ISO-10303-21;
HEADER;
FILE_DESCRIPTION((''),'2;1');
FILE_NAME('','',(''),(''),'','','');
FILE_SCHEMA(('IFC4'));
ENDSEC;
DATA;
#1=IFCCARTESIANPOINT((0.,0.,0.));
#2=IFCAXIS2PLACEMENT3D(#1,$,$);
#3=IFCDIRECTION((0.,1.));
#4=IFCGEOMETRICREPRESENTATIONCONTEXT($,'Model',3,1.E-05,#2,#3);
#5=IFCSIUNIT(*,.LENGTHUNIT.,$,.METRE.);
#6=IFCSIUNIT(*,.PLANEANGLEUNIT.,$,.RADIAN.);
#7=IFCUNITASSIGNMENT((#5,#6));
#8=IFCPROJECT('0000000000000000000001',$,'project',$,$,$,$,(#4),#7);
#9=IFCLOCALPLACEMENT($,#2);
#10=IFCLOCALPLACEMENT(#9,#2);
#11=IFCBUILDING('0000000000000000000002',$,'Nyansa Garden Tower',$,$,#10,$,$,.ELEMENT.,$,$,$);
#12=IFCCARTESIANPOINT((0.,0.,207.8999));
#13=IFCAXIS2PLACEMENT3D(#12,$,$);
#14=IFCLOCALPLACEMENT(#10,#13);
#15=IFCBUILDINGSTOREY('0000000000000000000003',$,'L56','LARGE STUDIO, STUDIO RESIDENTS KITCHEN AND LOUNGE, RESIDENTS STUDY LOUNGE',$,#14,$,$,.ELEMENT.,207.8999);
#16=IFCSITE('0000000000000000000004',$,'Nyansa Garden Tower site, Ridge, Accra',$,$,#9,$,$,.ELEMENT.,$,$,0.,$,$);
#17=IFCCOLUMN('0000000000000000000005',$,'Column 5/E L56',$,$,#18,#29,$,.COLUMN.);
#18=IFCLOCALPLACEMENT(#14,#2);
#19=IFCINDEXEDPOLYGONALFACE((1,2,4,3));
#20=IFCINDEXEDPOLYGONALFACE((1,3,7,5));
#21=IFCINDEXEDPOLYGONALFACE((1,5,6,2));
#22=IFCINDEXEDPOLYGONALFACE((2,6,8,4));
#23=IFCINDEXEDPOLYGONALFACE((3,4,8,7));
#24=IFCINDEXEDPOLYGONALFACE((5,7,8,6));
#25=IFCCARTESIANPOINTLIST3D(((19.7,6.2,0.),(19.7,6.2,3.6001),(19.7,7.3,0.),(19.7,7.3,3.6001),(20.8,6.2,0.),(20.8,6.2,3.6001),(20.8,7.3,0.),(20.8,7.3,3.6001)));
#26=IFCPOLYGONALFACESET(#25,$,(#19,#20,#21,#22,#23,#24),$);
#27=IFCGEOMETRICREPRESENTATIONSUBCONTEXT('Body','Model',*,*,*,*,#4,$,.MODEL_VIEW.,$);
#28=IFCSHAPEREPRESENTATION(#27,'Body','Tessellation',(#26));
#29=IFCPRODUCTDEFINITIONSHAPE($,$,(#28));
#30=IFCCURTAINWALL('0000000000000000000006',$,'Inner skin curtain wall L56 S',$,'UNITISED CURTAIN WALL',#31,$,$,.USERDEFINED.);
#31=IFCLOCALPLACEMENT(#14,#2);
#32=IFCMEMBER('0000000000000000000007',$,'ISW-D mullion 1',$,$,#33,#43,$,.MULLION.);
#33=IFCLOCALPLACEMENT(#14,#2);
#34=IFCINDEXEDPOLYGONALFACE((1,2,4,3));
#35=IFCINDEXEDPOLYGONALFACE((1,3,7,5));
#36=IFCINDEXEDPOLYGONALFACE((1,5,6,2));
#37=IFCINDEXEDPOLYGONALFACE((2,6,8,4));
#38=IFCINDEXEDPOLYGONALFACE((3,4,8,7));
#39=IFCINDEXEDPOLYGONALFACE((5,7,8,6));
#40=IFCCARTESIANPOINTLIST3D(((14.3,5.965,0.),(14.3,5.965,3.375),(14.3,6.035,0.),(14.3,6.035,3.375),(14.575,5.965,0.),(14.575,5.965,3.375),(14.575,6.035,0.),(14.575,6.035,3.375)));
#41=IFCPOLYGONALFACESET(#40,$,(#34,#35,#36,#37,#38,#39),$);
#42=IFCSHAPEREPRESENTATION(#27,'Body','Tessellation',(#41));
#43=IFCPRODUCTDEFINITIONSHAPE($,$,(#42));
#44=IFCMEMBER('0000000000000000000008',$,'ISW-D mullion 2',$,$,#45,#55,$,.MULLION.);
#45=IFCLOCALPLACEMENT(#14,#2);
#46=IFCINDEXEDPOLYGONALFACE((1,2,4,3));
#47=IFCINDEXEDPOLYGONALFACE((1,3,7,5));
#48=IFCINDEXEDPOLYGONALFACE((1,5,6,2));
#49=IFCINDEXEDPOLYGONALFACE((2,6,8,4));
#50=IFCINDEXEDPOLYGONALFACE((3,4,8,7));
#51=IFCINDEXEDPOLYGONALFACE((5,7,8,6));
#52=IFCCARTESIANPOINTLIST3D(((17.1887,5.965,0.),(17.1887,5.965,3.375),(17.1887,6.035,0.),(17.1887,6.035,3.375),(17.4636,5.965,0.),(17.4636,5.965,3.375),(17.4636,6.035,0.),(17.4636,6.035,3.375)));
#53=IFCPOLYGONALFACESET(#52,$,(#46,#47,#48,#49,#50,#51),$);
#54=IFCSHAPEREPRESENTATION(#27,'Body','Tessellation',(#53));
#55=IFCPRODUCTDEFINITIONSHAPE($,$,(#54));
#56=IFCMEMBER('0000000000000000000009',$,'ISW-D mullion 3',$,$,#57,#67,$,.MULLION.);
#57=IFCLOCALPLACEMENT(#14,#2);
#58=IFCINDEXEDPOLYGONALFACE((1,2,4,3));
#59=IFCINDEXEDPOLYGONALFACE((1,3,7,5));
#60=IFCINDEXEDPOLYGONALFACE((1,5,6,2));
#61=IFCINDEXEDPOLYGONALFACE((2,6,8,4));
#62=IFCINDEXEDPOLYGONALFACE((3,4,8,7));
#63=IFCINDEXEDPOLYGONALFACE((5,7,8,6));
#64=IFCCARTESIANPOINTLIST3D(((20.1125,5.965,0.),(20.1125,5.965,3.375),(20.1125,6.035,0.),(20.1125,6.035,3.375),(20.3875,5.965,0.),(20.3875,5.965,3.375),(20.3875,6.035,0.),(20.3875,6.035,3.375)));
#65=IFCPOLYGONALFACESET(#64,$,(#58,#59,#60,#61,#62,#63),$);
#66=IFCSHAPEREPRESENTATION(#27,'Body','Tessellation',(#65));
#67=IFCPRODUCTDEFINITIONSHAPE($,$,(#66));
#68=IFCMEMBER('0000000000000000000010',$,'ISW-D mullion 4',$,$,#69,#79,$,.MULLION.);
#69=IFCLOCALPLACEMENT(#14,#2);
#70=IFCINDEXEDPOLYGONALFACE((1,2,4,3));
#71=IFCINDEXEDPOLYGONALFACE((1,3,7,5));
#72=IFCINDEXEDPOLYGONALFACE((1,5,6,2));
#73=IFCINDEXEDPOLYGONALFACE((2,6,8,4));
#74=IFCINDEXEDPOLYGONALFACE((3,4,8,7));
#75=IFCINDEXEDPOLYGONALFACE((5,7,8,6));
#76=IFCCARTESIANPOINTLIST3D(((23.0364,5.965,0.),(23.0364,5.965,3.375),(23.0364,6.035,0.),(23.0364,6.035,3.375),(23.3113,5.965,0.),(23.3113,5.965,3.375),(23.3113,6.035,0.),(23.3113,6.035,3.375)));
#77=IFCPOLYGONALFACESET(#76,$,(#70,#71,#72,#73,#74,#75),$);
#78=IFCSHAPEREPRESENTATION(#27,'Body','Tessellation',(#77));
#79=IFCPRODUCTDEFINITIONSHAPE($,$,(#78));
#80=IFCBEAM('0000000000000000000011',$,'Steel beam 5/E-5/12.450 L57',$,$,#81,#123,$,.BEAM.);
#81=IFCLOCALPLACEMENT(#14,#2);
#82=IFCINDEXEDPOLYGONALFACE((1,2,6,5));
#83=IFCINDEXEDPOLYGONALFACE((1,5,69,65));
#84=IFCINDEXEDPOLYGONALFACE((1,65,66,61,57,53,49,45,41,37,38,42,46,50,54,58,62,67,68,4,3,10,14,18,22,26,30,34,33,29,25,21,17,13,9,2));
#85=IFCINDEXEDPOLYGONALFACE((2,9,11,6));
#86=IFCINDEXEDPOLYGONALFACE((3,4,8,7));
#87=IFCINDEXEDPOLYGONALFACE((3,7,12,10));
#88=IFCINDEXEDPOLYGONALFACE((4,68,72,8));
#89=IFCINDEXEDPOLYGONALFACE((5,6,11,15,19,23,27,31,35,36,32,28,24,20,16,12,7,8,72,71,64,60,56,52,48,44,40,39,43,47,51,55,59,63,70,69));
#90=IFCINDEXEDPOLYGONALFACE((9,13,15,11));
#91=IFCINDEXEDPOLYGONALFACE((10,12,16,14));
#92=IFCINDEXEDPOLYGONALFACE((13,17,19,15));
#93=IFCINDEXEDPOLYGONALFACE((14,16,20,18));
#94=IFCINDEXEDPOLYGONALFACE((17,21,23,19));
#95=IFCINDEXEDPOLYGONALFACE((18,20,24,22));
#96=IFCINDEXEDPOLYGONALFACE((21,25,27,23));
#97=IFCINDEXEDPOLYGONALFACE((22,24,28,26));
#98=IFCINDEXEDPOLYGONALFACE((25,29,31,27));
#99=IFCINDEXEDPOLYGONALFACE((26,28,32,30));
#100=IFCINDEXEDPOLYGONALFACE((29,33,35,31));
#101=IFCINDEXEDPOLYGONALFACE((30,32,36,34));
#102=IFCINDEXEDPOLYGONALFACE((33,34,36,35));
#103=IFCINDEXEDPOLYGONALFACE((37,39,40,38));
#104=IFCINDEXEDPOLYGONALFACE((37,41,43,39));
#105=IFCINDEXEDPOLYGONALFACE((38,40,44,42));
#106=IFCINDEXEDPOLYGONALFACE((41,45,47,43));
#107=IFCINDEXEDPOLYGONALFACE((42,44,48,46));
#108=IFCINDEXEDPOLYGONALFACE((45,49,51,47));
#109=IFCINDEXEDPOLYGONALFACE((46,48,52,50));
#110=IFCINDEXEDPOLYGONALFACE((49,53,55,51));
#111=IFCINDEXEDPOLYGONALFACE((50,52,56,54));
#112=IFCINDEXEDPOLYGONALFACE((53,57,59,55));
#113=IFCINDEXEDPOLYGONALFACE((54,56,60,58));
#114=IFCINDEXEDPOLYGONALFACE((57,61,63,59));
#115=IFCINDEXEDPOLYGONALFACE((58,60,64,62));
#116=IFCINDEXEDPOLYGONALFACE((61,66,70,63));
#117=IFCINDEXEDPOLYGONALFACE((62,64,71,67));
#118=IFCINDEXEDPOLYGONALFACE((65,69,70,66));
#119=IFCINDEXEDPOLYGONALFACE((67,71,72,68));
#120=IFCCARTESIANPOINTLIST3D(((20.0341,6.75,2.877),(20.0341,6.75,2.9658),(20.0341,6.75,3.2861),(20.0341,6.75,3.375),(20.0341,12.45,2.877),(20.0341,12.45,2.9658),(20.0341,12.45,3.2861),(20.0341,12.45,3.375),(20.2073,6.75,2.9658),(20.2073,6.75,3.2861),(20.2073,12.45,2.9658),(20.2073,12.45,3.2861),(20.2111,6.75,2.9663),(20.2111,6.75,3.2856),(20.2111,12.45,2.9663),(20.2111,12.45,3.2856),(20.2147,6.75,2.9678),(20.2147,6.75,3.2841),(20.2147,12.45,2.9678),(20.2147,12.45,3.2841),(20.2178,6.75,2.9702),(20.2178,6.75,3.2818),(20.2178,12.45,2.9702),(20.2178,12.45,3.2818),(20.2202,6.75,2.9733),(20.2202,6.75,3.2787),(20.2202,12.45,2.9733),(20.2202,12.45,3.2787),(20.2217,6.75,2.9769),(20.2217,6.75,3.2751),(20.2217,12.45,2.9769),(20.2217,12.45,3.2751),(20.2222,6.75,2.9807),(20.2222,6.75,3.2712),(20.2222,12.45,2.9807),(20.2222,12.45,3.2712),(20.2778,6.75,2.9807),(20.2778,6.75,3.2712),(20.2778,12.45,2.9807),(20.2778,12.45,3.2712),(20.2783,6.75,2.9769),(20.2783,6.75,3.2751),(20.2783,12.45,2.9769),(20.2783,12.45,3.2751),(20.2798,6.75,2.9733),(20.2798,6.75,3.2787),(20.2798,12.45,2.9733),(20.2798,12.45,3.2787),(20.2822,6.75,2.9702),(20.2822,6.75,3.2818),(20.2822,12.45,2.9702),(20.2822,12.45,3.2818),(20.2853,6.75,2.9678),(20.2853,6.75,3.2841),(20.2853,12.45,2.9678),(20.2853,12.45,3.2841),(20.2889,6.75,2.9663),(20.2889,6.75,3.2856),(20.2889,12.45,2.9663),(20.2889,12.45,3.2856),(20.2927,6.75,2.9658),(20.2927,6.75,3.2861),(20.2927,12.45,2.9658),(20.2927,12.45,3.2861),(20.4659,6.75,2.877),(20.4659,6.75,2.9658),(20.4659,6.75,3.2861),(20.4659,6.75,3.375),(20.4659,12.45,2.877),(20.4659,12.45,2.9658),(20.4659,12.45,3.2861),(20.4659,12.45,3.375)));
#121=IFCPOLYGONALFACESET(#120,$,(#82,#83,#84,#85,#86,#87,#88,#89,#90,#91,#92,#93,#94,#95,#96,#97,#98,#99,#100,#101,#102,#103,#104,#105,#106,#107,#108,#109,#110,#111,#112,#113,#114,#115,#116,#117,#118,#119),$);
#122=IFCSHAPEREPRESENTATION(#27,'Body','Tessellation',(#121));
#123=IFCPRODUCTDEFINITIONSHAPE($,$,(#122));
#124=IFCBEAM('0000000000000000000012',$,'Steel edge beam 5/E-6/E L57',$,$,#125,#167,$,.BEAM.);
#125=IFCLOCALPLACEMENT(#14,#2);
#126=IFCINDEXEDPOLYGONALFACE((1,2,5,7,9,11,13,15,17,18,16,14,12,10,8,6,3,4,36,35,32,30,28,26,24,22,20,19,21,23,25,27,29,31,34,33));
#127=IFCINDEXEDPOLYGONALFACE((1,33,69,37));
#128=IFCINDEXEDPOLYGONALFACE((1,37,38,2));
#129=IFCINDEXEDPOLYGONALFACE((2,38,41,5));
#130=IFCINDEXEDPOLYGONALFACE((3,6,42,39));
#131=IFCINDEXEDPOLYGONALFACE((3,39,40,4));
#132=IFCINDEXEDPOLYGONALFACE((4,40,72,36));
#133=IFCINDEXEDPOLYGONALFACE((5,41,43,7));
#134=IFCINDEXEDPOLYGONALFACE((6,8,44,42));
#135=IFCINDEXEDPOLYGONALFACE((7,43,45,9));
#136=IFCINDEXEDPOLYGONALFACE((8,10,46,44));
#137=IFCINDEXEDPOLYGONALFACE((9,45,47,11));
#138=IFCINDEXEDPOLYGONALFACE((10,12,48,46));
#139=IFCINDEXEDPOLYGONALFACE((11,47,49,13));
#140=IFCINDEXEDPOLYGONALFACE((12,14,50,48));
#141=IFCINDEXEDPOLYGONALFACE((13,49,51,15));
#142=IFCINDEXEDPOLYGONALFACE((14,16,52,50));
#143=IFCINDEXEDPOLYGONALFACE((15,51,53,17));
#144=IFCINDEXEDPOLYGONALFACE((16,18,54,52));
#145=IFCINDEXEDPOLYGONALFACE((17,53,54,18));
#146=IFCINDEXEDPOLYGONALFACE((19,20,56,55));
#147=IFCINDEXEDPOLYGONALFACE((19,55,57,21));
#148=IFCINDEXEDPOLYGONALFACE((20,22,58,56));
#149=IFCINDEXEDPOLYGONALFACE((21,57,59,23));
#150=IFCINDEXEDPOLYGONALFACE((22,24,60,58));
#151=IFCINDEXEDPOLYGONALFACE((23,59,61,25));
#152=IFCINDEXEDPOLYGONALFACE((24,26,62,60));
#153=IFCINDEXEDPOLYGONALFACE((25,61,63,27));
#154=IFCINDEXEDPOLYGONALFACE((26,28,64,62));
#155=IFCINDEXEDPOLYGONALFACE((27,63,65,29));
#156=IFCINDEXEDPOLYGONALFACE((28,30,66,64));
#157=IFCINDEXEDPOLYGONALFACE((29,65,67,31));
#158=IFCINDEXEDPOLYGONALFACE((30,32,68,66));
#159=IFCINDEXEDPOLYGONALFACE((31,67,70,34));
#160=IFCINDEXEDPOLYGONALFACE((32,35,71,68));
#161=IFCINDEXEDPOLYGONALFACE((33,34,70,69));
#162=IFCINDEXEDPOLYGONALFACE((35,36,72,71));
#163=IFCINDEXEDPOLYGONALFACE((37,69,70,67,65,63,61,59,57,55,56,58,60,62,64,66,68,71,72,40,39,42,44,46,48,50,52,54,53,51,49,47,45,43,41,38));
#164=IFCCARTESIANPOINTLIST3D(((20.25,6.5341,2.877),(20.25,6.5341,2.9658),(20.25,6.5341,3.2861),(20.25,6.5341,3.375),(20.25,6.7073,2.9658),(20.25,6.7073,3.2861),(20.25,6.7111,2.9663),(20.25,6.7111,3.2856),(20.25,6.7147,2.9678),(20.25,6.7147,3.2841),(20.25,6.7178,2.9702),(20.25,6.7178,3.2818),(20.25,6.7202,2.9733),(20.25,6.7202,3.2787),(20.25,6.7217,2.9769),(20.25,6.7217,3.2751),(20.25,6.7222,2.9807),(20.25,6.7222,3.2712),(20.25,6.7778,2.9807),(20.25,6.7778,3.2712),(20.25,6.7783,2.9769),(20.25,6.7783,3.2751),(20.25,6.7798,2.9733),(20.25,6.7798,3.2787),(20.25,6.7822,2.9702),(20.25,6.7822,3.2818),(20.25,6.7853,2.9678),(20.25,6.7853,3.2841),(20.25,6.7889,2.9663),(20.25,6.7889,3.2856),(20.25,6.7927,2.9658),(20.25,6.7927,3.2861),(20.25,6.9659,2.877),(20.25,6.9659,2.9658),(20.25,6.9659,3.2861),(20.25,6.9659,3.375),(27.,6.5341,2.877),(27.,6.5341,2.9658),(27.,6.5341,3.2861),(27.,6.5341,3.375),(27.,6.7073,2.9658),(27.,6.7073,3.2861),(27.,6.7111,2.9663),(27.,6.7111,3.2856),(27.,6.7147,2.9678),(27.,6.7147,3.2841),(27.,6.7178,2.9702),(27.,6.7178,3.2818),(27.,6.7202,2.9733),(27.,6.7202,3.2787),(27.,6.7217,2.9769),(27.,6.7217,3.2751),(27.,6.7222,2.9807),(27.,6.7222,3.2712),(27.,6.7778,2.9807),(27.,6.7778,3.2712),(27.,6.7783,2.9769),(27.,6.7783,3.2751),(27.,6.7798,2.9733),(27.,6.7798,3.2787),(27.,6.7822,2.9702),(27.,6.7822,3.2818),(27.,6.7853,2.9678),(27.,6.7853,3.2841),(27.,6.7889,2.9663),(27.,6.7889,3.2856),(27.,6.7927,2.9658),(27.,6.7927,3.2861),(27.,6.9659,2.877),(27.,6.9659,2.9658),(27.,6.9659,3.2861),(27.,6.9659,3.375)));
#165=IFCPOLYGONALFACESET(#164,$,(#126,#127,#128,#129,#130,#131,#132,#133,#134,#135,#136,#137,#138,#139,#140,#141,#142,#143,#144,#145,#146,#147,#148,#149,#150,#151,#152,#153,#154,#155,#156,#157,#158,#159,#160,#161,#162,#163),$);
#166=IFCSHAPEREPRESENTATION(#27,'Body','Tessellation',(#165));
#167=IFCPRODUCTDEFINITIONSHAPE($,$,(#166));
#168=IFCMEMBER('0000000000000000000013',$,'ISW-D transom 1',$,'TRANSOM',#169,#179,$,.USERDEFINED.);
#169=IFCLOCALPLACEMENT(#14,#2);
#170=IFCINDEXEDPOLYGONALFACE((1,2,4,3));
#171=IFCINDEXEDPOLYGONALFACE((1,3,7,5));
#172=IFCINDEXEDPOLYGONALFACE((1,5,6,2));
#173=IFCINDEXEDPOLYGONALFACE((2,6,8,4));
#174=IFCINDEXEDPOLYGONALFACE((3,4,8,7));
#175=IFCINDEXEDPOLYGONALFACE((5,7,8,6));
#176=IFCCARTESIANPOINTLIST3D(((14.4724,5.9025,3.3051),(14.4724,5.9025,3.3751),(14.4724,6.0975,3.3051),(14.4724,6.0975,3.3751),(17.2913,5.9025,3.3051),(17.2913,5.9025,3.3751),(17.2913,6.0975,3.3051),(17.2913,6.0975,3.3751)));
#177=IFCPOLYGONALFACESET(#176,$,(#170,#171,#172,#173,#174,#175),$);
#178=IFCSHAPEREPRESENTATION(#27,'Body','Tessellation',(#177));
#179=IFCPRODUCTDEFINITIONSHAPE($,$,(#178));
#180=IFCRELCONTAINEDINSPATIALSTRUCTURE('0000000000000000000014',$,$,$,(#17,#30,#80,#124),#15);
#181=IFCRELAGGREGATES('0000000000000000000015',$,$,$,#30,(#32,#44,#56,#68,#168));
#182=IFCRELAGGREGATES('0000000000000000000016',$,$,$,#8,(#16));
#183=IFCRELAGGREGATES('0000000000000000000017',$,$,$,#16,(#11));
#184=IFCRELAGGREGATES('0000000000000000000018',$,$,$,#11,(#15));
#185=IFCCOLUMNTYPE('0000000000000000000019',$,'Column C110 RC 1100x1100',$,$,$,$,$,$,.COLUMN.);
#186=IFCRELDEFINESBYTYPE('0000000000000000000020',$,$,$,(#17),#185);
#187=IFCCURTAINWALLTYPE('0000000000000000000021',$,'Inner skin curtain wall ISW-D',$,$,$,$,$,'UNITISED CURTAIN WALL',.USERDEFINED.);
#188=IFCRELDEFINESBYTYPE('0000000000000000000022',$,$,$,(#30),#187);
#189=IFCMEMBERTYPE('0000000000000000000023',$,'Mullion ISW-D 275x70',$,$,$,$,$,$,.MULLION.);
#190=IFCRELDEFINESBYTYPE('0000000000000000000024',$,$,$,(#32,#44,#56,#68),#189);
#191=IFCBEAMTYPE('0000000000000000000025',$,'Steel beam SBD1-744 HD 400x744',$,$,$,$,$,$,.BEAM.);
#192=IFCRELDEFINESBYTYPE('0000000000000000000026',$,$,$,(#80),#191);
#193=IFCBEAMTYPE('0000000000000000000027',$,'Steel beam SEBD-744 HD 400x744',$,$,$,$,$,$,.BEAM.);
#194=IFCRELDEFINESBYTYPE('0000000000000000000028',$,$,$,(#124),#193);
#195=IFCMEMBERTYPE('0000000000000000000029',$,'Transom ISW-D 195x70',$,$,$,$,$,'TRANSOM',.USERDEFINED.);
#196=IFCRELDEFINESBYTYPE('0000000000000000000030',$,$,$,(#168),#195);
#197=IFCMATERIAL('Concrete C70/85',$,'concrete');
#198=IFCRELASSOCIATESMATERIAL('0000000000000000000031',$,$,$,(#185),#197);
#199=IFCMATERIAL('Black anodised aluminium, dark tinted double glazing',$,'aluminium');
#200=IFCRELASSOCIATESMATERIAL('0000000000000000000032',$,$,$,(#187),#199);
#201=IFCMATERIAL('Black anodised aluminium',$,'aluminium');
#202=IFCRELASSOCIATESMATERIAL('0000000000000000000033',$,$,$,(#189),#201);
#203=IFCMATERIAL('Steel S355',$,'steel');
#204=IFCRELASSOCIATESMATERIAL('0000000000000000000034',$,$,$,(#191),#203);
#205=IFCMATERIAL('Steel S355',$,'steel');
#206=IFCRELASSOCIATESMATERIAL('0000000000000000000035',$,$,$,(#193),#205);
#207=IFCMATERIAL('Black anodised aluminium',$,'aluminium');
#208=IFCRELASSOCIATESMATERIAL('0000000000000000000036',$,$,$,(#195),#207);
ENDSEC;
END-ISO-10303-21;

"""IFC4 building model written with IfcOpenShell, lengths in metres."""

from ifc_helpers import new_model, si_unit, direction, frame, origin, origin_2d, place, context, subcontext, project, spatial, rectangle, i_section, extrude, material, material_profile, profile_set, type_object, element, aggregate, save


model = new_model("IFC4")

# Units and contexts
model_context = context("Model", 3, precision=1e-05, world=origin(), true_north=direction((0.0, 1.0)))
body_context = subcontext(model_context, "Body", "Model", "MODEL_VIEW")
ifc_project = project(units=[si_unit("LENGTHUNIT", "METRE"), si_unit("PLANEANGLEUNIT", "RADIAN")], contexts=[model_context])

# Site, building, storey
site_placement = place(None, origin())
site = spatial("IfcSite", under=ifc_project, at=site_placement, Name="Nyansa Garden Tower site, Ridge, Accra", CompositionType="ELEMENT", RefElevation=0.0)
building_placement = place(site_placement, origin())
building = spatial("IfcBuilding", under=site, at=building_placement, Name="Nyansa Garden Tower", CompositionType="ELEMENT")
storey_placement = place(building_placement, frame((0.0, 0.0, 207.8999)))
storey = spatial("IfcBuildingStorey", under=building, at=storey_placement, Name="L56", Description="LARGE STUDIO, STUDIO RESIDENTS KITCHEN AND LOUNGE, RESIDENTS STUDY LOUNGE", CompositionType="ELEMENT", Elevation=207.8999)

# Column
ifc_material_1 = material(Name="Concrete C70/85", Category="concrete")
ifc_material_profile_1 = material_profile(ifc_material_1, rectangle(XDim=1.1001, YDim=1.1001, at=origin_2d()), Name="RC 1100x1100")
ifc_profile_set_1 = profile_set([ifc_material_profile_1], Name="Concrete C70/85")
column_type = type_object("IfcColumnType", Name="Column C110 RC 1100x1100", PredefinedType="COLUMN", material=ifc_profile_set_1)
column_placement = place(storey_placement, frame((20.25, 6.75, 0.0), z_axis=(0.0, 0.0, 1.0), x_axis=(1.0, 0.0, 0.0)))
element("IfcColumn", 1, at=column_placement, inside=storey, type_object=column_type, Name="Column 5/E L56", PredefinedType="COLUMN", context=body_context, shape_type="SweptSolid", body=[
    extrude(rectangle(XDim=1.1001, YDim=1.1001, at=origin_2d()), origin(), (0.0, 0.0, 1.0), 3.6001),
])

# Curtain wall, members
ifc_material_2 = material(Name="Black anodised aluminium, dark tinted double glazing", Category="aluminium")
curtain_wall_type = type_object("IfcCurtainWallType", Name="Inner skin curtain wall ISW-D", ElementType="UNITISED CURTAIN WALL", PredefinedType="USERDEFINED", material=ifc_material_2)
curtain_wall_placement = place(storey_placement, origin())
curtain_wall = element("IfcCurtainWall", 2, at=curtain_wall_placement, inside=storey, type_object=curtain_wall_type, Name="Inner skin curtain wall L56 S", ObjectType="UNITISED CURTAIN WALL", PredefinedType="USERDEFINED")
ifc_material_3 = material(Name="Black anodised aluminium", Category="aluminium")
ifc_material_profile_2 = material_profile(ifc_material_3, rectangle(XDim=0.0701, YDim=0.2749, at=origin_2d()), Name="Mullion 275x70")
ifc_profile_set_2 = profile_set([ifc_material_profile_2], Name="Black anodised aluminium")
member_type_1 = type_object("IfcMemberType", Name="Mullion ISW-D 275x70", PredefinedType="MULLION", material=ifc_profile_set_2)
member_1_placement = place(storey_placement, frame((14.4375, 6.0, 0.0), z_axis=(0.0, 0.0, 1.0), x_axis=(0.0, 1.0, 0.0)))
member_1 = element("IfcMember", 3, at=member_1_placement, type_object=member_type_1, Name="ISW-D mullion 1", PredefinedType="MULLION", context=body_context, shape_type="SweptSolid", body=[
    extrude(rectangle(XDim=0.0701, YDim=0.2749, at=origin_2d()), origin(), (0.0, 0.0, 1.0), 3.375),
])
member_2_placement = place(storey_placement, frame((17.3262, 6.0, 0.0), z_axis=(0.0, 0.0, 1.0), x_axis=(0.0, 1.0, 0.0)))
member_2 = element("IfcMember", 4, at=member_2_placement, type_object=member_type_1, Name="ISW-D mullion 2", PredefinedType="MULLION", context=body_context, shape_type="SweptSolid", body=[
    extrude(rectangle(XDim=0.0701, YDim=0.2749, at=origin_2d()), origin(), (0.0, 0.0, 1.0), 3.375),
])
member_3_placement = place(storey_placement, frame((20.25, 6.0, 0.0), z_axis=(0.0, 0.0, 1.0), x_axis=(0.0, 1.0, 0.0)))
member_3 = element("IfcMember", 5, at=member_3_placement, type_object=member_type_1, Name="ISW-D mullion 3", PredefinedType="MULLION", context=body_context, shape_type="SweptSolid", body=[
    extrude(rectangle(XDim=0.0701, YDim=0.2749, at=origin_2d()), origin(), (0.0, 0.0, 1.0), 3.375),
])
member_4_placement = place(storey_placement, frame((23.1738, 6.0, 0.0), z_axis=(0.0, 0.0, 1.0), x_axis=(0.0, 1.0, 0.0)))
member_4 = element("IfcMember", 6, at=member_4_placement, type_object=member_type_1, Name="ISW-D mullion 4", PredefinedType="MULLION", context=body_context, shape_type="SweptSolid", body=[
    extrude(rectangle(XDim=0.0701, YDim=0.2749, at=origin_2d()), origin(), (0.0, 0.0, 1.0), 3.375),
])

# Beams
ifc_material_4 = material(Name="Steel S355", Category="steel")
ifc_material_profile_3 = material_profile(ifc_material_4, i_section(OverallWidth=0.4319, OverallDepth=0.498, WebThickness=0.0557, FlangeThickness=0.0889, FilletRadius=0.0149, at=origin_2d()), Name="HD 400x744")
ifc_profile_set_3 = profile_set([ifc_material_profile_3], Name="Steel S355")
beam_type_1 = type_object("IfcBeamType", Name="Steel beam SBD1-744 HD 400x744", PredefinedType="BEAM", material=ifc_profile_set_3)
beam_1_placement = place(storey_placement, frame((20.25, 6.75, 3.126), z_axis=(0.0, 1.0, 0.0), x_axis=(-1.0, 0.0, 0.0)))
element("IfcBeam", 7, at=beam_1_placement, inside=storey, type_object=beam_type_1, Name="Steel beam 5/E-5/12.450 L57", PredefinedType="BEAM", context=body_context, shape_type="SweptSolid", body=[
    extrude(i_section(OverallWidth=0.4319, OverallDepth=0.498, WebThickness=0.0557, FlangeThickness=0.0889, FilletRadius=0.0149, at=origin_2d()), origin(), (0.0, 0.0, 1.0), 5.7),
])
ifc_material_5 = material(Name="Steel S355", Category="steel")
ifc_material_profile_4 = material_profile(ifc_material_5, i_section(OverallWidth=0.4319, OverallDepth=0.498, WebThickness=0.0557, FlangeThickness=0.0889, FilletRadius=0.0149, at=origin_2d()), Name="HD 400x744")
ifc_profile_set_4 = profile_set([ifc_material_profile_4], Name="Steel S355")
beam_type_2 = type_object("IfcBeamType", Name="Steel beam SEBD-744 HD 400x744", PredefinedType="BEAM", material=ifc_profile_set_4)
beam_2_placement = place(storey_placement, frame((20.25, 6.75, 3.126), z_axis=(1.0, 0.0, 0.0), x_axis=(0.0, 1.0, 0.0)))
element("IfcBeam", 8, at=beam_2_placement, inside=storey, type_object=beam_type_2, Name="Steel edge beam 5/E-6/E L57", PredefinedType="BEAM", context=body_context, shape_type="SweptSolid", body=[
    extrude(i_section(OverallWidth=0.4319, OverallDepth=0.498, WebThickness=0.0557, FlangeThickness=0.0889, FilletRadius=0.0149, at=origin_2d()), origin(), (0.0, 0.0, 1.0), 6.75),
])

# Member
ifc_material_6 = material(Name="Black anodised aluminium", Category="aluminium")
ifc_material_profile_5 = material_profile(ifc_material_6, rectangle(XDim=0.1951, YDim=0.0701, at=origin_2d()), Name="Transom 195x70")
ifc_profile_set_5 = profile_set([ifc_material_profile_5], Name="Black anodised aluminium")
member_type_2 = type_object("IfcMemberType", Name="Transom ISW-D 195x70", ElementType="TRANSOM", PredefinedType="USERDEFINED", material=ifc_profile_set_5)
member_5_placement = place(storey_placement, frame((14.4724, 6.0, 3.3401), z_axis=(1.0, 0.0, 0.0), x_axis=(0.0, 1.0, 0.0)))
member_5 = element("IfcMember", 9, at=member_5_placement, type_object=member_type_2, Name="ISW-D transom 1", ObjectType="TRANSOM", PredefinedType="USERDEFINED", context=body_context, shape_type="SweptSolid", body=[
    extrude(rectangle(XDim=0.1951, YDim=0.0701, at=origin_2d()), origin(), (0.0, 0.0, 1.0), 2.8188),
])

aggregate(curtain_wall, [member_1, member_2, member_3, member_4, member_5])

save(model, "model.ifc")
